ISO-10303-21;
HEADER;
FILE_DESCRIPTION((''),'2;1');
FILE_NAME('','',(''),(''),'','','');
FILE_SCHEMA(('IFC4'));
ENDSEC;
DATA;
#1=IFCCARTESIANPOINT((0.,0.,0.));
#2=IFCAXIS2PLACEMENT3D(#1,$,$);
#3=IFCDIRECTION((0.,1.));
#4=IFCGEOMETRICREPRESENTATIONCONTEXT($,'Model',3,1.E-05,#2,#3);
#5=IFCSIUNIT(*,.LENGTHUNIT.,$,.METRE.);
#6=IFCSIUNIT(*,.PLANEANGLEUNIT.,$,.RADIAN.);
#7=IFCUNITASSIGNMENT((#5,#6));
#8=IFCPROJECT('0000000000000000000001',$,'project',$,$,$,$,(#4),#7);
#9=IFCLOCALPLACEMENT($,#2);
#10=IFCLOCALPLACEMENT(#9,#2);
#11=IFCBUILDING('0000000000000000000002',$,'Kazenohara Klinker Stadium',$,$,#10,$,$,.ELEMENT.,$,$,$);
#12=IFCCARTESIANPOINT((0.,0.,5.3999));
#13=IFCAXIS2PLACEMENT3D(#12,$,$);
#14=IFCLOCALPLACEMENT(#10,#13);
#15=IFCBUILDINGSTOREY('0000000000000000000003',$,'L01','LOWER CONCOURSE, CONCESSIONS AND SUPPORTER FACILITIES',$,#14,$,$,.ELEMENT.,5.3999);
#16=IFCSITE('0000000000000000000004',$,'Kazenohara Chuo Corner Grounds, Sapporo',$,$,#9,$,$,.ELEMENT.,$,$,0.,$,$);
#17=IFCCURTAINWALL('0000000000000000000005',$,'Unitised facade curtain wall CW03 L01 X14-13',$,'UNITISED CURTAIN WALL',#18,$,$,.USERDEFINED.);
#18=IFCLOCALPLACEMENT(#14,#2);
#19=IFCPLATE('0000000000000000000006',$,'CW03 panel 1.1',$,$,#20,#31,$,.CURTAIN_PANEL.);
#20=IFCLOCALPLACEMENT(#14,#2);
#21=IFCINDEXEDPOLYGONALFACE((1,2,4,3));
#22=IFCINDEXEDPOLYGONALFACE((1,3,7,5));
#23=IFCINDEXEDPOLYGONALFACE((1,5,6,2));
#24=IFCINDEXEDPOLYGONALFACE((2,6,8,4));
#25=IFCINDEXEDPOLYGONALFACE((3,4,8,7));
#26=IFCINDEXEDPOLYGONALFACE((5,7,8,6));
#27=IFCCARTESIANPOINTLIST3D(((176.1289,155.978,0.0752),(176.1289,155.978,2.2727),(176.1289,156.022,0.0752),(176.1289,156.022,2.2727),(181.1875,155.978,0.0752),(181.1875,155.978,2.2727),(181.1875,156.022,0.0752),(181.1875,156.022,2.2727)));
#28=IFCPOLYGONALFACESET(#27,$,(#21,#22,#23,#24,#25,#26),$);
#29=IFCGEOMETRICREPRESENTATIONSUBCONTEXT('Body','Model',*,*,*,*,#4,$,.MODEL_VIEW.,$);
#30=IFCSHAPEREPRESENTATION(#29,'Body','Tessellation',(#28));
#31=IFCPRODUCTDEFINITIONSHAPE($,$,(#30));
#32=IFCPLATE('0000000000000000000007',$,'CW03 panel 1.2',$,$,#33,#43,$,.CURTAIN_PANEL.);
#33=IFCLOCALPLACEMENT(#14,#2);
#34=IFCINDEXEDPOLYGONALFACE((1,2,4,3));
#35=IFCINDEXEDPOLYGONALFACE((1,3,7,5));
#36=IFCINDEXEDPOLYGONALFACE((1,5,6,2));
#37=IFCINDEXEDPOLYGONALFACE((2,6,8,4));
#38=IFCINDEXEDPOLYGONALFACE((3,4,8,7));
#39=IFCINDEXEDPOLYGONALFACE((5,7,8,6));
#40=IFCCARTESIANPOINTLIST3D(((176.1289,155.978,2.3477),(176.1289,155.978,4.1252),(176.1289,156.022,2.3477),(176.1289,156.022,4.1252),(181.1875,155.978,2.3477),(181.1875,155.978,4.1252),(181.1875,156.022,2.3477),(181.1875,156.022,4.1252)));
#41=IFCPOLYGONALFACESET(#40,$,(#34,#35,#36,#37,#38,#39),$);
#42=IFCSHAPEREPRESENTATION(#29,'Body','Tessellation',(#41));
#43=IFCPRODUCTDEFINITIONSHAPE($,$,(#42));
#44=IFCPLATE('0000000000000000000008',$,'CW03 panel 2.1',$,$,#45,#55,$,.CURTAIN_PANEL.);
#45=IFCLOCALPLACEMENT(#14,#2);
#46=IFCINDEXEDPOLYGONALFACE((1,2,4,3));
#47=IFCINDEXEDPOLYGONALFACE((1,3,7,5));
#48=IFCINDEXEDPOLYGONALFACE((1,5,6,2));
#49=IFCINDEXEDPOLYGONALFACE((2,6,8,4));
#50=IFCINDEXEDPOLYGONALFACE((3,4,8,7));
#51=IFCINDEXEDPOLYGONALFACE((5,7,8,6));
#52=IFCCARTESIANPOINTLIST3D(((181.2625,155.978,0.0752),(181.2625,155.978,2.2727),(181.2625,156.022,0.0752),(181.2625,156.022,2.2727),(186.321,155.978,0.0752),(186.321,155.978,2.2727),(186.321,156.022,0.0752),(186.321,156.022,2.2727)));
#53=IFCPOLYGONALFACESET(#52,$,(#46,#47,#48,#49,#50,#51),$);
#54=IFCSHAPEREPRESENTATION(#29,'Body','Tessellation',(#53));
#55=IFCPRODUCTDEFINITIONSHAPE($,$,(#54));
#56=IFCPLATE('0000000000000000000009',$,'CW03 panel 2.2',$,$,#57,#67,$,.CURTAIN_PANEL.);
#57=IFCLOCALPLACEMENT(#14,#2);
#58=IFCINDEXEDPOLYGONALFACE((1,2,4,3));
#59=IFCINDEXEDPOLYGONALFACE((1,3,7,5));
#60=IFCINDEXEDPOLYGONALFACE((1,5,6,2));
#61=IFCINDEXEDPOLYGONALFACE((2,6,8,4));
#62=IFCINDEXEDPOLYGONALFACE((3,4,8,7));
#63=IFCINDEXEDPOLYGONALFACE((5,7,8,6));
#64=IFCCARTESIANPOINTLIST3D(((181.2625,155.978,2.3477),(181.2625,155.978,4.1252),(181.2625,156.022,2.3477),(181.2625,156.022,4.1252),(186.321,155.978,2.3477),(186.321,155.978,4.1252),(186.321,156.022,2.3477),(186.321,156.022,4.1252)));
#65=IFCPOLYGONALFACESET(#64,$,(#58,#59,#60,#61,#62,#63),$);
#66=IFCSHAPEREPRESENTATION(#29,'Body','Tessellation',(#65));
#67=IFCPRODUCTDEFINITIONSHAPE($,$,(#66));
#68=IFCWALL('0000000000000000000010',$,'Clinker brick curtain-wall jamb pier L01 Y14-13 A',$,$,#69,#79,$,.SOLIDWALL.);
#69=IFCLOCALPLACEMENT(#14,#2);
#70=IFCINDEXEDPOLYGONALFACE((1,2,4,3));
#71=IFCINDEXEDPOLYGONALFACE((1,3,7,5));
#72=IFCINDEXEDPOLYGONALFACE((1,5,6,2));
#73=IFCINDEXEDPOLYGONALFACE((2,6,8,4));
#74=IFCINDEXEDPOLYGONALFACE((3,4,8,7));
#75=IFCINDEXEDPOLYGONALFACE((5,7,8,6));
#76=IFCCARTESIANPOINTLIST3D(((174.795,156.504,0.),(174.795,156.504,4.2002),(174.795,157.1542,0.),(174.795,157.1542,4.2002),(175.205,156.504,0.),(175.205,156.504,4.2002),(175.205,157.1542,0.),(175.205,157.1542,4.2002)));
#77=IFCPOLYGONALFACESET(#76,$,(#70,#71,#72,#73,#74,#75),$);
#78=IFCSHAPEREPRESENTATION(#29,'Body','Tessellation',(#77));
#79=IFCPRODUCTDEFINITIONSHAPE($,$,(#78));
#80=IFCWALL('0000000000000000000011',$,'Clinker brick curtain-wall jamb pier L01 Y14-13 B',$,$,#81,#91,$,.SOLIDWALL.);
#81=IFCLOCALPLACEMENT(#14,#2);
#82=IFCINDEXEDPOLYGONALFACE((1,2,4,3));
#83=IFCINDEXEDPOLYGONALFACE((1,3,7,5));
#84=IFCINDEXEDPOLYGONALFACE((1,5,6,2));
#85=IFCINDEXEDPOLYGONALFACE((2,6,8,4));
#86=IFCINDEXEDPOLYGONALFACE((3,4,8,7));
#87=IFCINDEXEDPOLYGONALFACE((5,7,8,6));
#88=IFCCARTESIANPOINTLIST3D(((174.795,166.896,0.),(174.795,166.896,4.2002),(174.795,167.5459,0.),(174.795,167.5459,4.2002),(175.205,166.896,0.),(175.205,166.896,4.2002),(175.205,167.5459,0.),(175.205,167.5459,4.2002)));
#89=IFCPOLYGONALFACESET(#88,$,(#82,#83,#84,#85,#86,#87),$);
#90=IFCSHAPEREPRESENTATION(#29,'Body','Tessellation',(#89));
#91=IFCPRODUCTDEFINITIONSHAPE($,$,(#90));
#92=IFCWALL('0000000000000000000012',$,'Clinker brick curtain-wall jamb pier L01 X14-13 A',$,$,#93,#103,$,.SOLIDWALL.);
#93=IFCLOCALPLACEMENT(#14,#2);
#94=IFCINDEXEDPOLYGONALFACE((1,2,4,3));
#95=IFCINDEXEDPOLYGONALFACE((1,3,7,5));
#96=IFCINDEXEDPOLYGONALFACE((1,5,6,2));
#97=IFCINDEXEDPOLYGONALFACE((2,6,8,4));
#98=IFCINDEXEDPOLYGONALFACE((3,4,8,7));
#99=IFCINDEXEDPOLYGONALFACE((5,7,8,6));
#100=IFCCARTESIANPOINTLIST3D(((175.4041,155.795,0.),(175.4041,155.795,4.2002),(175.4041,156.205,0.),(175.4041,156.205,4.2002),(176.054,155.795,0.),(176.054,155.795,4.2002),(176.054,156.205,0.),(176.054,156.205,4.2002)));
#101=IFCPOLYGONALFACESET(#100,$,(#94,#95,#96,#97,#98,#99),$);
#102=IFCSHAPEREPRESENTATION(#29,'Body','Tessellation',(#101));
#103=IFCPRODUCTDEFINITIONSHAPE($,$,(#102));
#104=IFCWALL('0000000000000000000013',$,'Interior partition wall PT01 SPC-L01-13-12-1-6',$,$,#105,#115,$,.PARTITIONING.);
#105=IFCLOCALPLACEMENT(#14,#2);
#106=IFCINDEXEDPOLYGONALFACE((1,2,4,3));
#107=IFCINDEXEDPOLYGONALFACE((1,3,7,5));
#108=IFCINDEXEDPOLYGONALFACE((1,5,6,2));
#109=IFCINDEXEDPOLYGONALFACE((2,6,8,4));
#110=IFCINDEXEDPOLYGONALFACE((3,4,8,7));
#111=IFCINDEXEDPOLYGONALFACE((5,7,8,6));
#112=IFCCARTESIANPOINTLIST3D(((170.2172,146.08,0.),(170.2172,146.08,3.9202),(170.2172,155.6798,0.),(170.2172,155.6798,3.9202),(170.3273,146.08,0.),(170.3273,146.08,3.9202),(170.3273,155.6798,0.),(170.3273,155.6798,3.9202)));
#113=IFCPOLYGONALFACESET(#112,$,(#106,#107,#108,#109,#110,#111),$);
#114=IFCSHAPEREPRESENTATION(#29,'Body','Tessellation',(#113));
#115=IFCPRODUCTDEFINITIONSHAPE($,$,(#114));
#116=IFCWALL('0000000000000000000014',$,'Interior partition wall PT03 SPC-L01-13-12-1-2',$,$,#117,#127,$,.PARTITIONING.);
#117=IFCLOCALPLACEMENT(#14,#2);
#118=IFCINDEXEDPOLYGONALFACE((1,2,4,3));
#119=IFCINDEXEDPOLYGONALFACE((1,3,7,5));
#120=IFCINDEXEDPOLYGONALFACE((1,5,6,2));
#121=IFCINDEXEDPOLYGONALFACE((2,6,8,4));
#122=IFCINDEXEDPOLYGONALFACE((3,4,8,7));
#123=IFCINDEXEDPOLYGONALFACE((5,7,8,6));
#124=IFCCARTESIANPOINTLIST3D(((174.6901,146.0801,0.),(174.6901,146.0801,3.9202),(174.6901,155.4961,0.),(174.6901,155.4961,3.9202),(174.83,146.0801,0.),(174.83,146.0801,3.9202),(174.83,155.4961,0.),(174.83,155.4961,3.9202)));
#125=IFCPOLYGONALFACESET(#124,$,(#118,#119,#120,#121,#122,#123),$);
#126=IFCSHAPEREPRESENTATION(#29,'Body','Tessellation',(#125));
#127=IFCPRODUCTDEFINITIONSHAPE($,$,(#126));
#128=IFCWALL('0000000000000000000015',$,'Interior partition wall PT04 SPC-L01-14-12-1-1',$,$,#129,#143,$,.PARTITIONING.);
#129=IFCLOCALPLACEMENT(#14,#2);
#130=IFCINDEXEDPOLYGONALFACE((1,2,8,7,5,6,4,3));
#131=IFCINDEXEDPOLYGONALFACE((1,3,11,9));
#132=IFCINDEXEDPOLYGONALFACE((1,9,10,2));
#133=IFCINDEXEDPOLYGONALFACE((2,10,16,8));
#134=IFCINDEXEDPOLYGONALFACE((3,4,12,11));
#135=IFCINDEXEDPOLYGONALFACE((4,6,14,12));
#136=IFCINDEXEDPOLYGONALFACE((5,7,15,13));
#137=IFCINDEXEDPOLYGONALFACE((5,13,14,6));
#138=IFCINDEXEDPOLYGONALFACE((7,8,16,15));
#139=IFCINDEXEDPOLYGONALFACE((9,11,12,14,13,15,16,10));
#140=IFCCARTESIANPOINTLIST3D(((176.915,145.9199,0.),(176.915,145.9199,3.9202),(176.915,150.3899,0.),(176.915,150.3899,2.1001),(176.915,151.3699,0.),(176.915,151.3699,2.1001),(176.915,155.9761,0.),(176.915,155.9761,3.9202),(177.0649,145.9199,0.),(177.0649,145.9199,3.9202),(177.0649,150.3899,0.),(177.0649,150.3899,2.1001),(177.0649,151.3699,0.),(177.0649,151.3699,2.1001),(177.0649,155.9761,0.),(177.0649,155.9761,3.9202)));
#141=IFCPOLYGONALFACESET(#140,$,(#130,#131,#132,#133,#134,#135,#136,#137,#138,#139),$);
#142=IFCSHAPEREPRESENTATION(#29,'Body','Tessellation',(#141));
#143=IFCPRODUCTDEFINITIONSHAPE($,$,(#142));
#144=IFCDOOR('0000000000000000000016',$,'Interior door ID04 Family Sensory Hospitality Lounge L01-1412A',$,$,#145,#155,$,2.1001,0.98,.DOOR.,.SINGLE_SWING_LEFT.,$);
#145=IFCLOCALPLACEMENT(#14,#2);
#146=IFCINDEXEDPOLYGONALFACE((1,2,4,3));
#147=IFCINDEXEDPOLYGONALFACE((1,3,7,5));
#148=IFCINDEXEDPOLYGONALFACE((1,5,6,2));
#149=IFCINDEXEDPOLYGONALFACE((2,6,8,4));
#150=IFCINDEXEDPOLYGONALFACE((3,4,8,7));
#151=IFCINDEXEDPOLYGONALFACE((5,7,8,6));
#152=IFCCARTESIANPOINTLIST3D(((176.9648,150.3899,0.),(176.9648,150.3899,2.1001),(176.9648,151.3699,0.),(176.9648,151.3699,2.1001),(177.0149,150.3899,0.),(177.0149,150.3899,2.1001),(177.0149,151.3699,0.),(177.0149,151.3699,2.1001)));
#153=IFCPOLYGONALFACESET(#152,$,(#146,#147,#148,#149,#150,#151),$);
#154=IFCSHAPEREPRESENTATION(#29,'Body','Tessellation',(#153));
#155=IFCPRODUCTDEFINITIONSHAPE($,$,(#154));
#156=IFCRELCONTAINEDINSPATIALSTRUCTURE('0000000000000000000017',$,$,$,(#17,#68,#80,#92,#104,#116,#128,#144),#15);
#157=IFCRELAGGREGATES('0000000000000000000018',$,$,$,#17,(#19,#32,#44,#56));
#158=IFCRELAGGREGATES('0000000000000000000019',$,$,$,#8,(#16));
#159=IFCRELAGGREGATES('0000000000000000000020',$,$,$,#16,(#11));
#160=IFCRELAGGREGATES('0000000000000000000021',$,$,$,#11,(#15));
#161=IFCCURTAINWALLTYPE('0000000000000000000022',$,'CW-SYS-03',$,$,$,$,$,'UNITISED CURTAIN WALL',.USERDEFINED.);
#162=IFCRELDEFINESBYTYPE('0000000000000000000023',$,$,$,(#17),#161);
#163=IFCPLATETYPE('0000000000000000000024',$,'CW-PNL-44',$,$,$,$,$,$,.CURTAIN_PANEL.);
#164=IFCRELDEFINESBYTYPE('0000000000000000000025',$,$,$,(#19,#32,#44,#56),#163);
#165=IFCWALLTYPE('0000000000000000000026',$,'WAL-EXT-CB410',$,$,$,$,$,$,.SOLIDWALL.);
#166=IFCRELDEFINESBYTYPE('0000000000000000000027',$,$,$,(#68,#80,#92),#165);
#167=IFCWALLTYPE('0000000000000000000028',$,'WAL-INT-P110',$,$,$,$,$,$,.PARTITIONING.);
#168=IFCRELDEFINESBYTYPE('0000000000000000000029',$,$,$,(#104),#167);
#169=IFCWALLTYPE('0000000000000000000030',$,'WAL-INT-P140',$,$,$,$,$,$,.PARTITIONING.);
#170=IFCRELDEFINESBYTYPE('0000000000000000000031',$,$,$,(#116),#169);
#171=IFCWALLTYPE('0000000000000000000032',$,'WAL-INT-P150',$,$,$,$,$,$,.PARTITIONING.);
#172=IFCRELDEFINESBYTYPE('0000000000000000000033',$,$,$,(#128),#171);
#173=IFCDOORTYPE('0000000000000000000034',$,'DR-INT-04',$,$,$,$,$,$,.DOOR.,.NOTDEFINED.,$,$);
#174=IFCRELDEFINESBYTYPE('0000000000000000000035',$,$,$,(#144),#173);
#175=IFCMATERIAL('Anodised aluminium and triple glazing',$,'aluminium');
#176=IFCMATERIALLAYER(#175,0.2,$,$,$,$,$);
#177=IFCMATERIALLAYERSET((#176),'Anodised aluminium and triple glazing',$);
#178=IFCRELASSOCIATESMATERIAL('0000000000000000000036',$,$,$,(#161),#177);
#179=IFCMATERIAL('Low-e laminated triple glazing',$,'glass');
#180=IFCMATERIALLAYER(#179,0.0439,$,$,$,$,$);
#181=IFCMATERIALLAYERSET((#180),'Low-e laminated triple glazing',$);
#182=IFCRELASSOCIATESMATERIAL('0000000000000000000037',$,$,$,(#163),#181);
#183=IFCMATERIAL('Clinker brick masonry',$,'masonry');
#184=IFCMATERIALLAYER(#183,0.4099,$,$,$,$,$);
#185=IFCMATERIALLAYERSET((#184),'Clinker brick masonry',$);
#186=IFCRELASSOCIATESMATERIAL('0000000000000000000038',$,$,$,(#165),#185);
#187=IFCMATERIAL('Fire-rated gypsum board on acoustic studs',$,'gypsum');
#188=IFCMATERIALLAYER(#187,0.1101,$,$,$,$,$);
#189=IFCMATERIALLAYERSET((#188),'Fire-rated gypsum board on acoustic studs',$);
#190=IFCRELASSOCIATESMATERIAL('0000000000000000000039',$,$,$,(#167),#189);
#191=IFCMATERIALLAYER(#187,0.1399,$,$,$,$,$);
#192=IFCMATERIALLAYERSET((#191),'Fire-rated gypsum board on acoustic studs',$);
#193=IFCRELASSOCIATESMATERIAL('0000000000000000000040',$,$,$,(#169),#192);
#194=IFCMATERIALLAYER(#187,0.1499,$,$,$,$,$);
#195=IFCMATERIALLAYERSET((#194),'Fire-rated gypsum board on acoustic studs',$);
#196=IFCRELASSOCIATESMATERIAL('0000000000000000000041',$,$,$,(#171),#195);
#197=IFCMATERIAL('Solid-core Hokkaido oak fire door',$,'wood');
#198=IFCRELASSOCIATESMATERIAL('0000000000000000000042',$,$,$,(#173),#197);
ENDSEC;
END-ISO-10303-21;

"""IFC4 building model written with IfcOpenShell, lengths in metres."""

from ifc_helpers import new_model, si_unit, direction, frame, frame_2d, origin, origin_2d, place, context, subcontext, project, spatial, rectangle, extrude, material, layer, layer_set, type_object, element, fill, aggregate, save


model = new_model("IFC4")

# Units and contexts
model_context = context("Model", 3, precision=1e-05, world=origin(), true_north=direction((0.0, 1.0)))
body_context = subcontext(model_context, "Body", "Model", "MODEL_VIEW")
ifc_project = project(units=[si_unit("LENGTHUNIT", "METRE"), si_unit("PLANEANGLEUNIT", "RADIAN")], contexts=[model_context])

# Site, building, storey
site_placement = place(None, origin())
site = spatial("IfcSite", under=ifc_project, at=site_placement, Name="Kazenohara Chuo Corner Grounds, Sapporo", CompositionType="ELEMENT", RefElevation=0.0)
building_placement = place(site_placement, origin())
building = spatial("IfcBuilding", under=site, at=building_placement, Name="Kazenohara Klinker Stadium", CompositionType="ELEMENT")
storey_placement = place(building_placement, frame((0.0, 0.0, 5.3999)))
storey = spatial("IfcBuildingStorey", under=building, at=storey_placement, Name="L01", Description="LOWER CONCOURSE, CONCESSIONS AND SUPPORTER FACILITIES", CompositionType="ELEMENT", Elevation=5.3999)

# Curtain wall
ifc_material_1 = material(Name="Anodised aluminium and triple glazing", Category="aluminium")
ifc_layer_1 = layer(ifc_material_1, 0.2)
ifc_layer_set_1 = layer_set([ifc_layer_1], Name="Anodised aluminium and triple glazing")
curtain_wall_type = type_object("IfcCurtainWallType", Name="CW-SYS-03", ElementType="UNITISED CURTAIN WALL", PredefinedType="USERDEFINED", material=ifc_layer_set_1)
curtain_wall_1_placement = place(storey_placement, origin())
curtain_wall_1 = element("IfcCurtainWall", 1, at=curtain_wall_1_placement, inside=storey, type_object=curtain_wall_type, Name="Unitised facade curtain wall CW03 L01 X14-13", ObjectType="UNITISED CURTAIN WALL", PredefinedType="USERDEFINED")

# Plates
ifc_material_2 = material(Name="Low-e laminated triple glazing", Category="glass")
ifc_layer_2 = layer(ifc_material_2, 0.0439)
ifc_layer_set_2 = layer_set([ifc_layer_2], Name="Low-e laminated triple glazing")
plate_type_1 = type_object("IfcPlateType", Name="CW-PNL-44", PredefinedType="CURTAIN_PANEL", material=ifc_layer_set_2)
plate_1_placement = place(storey_placement, frame((178.6582, 156.0, 0.0752), z_axis=(0.0, 0.0, 1.0), x_axis=(1.0, 0.0, 0.0)))
plate_1 = element("IfcPlate", 2, at=plate_1_placement, type_object=plate_type_1, Name="CW03 panel 1.1", PredefinedType="CURTAIN_PANEL", context=body_context, shape_type="SweptSolid", body=[
    extrude(rectangle(XDim=5.0586, YDim=0.0439, at=origin_2d()), origin(), (0.0, 0.0, 1.0), 2.1975),
])
plate_2_placement = place(storey_placement, frame((178.6582, 156.0, 2.3477), z_axis=(0.0, 0.0, 1.0), x_axis=(1.0, 0.0, 0.0)))
plate_2 = element("IfcPlate", 3, at=plate_2_placement, type_object=plate_type_1, Name="CW03 panel 1.2", PredefinedType="CURTAIN_PANEL", context=body_context, shape_type="SweptSolid", body=[
    extrude(rectangle(XDim=5.0586, YDim=0.0439, at=origin_2d()), origin(), (0.0, 0.0, 1.0), 1.7776),
])
plate_3_placement = place(storey_placement, frame((183.7917, 156.0, 0.0752), z_axis=(0.0, 0.0, 1.0), x_axis=(1.0, 0.0, 0.0)))
plate_3 = element("IfcPlate", 4, at=plate_3_placement, type_object=plate_type_1, Name="CW03 panel 2.1", PredefinedType="CURTAIN_PANEL", context=body_context, shape_type="SweptSolid", body=[
    extrude(rectangle(XDim=5.0586, YDim=0.0439, at=origin_2d()), origin(), (0.0, 0.0, 1.0), 2.1975),
])
plate_4_placement = place(storey_placement, frame((183.7917, 156.0, 2.3477), z_axis=(0.0, 0.0, 1.0), x_axis=(1.0, 0.0, 0.0)))
plate_4 = element("IfcPlate", 5, at=plate_4_placement, type_object=plate_type_1, Name="CW03 panel 2.2", PredefinedType="CURTAIN_PANEL", context=body_context, shape_type="SweptSolid", body=[
    extrude(rectangle(XDim=5.0586, YDim=0.0439, at=origin_2d()), origin(), (0.0, 0.0, 1.0), 1.7776),
])
aggregate(curtain_wall_1, [plate_1, plate_2, plate_3, plate_4])

# Walls
ifc_material_3 = material(Name="Clinker brick masonry", Category="masonry")
ifc_layer_3 = layer(ifc_material_3, 0.4099)
ifc_layer_set_3 = layer_set([ifc_layer_3], Name="Clinker brick masonry")
wall_type_1 = type_object("IfcWallType", Name="WAL-EXT-CB410", PredefinedType="SOLIDWALL", material=ifc_layer_set_3)
wall_1_placement = place(storey_placement, frame((175.0, 156.5039, 0.0), z_axis=(0.0, 0.0, 1.0), x_axis=(0.0, 1.0, 0.0)))
element("IfcWall", 6, at=wall_1_placement, inside=storey, type_object=wall_type_1, Name="Clinker brick curtain-wall jamb pier L01 Y14-13 A", PredefinedType="SOLIDWALL", context=body_context, shape_type="SweptSolid", body=[
    extrude(rectangle(XDim=0.6501, YDim=0.4099, at=frame_2d((0.3252, 0.0))), origin(), (0.0, 0.0, 1.0), 4.2002),
])
for number, where, z_axis, x_axis, name in (
    (7, (175.0, 166.896, 0.0), (0.0, 0.0, 1.0), (0.0, 1.0, 0.0), "Clinker brick curtain-wall jamb pier L01 Y14-13 B"),
    (8, (175.4041, 156.0, 0.0), (0.0, 0.0, 1.0), (1.0, 0.0, 0.0), "Clinker brick curtain-wall jamb pier L01 X14-13 A"),
):
    element("IfcWall", number, at=place(storey_placement, frame(where, z_axis=z_axis, x_axis=x_axis)), inside=storey, type_object=wall_type_1, Name=name, PredefinedType="SOLIDWALL", context=body_context, shape_type="SweptSolid", body=[
        extrude(rectangle(XDim=0.6499, YDim=0.4099, at=frame_2d((0.325, 0.0))), origin(), (0.0, 0.0, 1.0), 4.2002),
    ])
ifc_material_4 = material(Name="Fire-rated gypsum board on acoustic studs", Category="gypsum")
ifc_layer_4 = layer(ifc_material_4, 0.1101)
ifc_layer_set_4 = layer_set([ifc_layer_4], Name="Fire-rated gypsum board on acoustic studs")
wall_type_2 = type_object("IfcWallType", Name="WAL-INT-P110", PredefinedType="PARTITIONING", material=ifc_layer_set_4)
wall_2_placement = place(storey_placement, frame((170.2722, 146.0801, 0.0), z_axis=(0.0, 0.0, 1.0), x_axis=(0.0, 1.0, 0.0)))
element("IfcWall", 9, at=wall_2_placement, inside=storey, type_object=wall_type_2, Name="Interior partition wall PT01 SPC-L01-13-12-1-6", PredefinedType="PARTITIONING", context=body_context, shape_type="SweptSolid", body=[
    extrude(rectangle(XDim=9.5999, YDim=0.1101, at=frame_2d((4.7998, 0.0))), origin(), (0.0, 0.0, 1.0), 3.9202),
])
ifc_layer_5 = layer(ifc_material_4, 0.1399)
ifc_layer_set_5 = layer_set([ifc_layer_5], Name="Fire-rated gypsum board on acoustic studs")
wall_type_3 = type_object("IfcWallType", Name="WAL-INT-P140", PredefinedType="PARTITIONING", material=ifc_layer_set_5)
wall_3_placement = place(storey_placement, frame((174.76, 146.0801, 0.0), z_axis=(0.0, 0.0, 1.0), x_axis=(0.0, 1.0, 0.0)))
element("IfcWall", 10, at=wall_3_placement, inside=storey, type_object=wall_type_3, Name="Interior partition wall PT03 SPC-L01-13-12-1-2", PredefinedType="PARTITIONING", context=body_context, shape_type="SweptSolid", body=[
    extrude(rectangle(XDim=9.416, YDim=0.1399, at=frame_2d((4.708, 0.0))), origin(), (0.0, 0.0, 1.0), 3.9202),
])

# Wall, opening, door
ifc_layer_6 = layer(ifc_material_4, 0.1499)
ifc_layer_set_6 = layer_set([ifc_layer_6], Name="Fire-rated gypsum board on acoustic studs")
wall_type_4 = type_object("IfcWallType", Name="WAL-INT-P150", PredefinedType="PARTITIONING", material=ifc_layer_set_6)
wall_4_placement = place(storey_placement, frame((176.99, 145.9199, 0.0), z_axis=(0.0, 0.0, 1.0), x_axis=(0.0, 1.0, 0.0)))
wall_4 = element("IfcWall", 11, at=wall_4_placement, inside=storey, type_object=wall_type_4, Name="Interior partition wall PT04 SPC-L01-14-12-1-1", PredefinedType="PARTITIONING", context=body_context, shape_type="SweptSolid", body=[
    extrude(rectangle(XDim=10.0562, YDim=0.1499, at=frame_2d((5.0281, 0.0))), origin(), (0.0, 0.0, 1.0), 3.9202),
])
opening_placement = place(wall_4_placement, frame((5.45, 0.0, 0.0), z_axis=(0.0, 0.0, 1.0), x_axis=(-1.0, 0.0, 0.0)))
opening = element("IfcOpeningElement", 12, at=opening_placement, cuts=wall_4, PredefinedType="OPENING", context=body_context, shape_type="SweptSolid", body=[
    extrude(rectangle(XDim=0.98, YDim=2.1001, at=frame_2d((0.49, 1.05))), frame((0.0, 0.085, 0.0), z_axis=(0.0, -1.0, 0.0), x_axis=(1.0, 0.0, 0.0)), (0.0, 0.0, 1.0), 0.1699),
])
ifc_material_5 = material(Name="Solid-core Hokkaido oak fire door", Category="wood")
door_type = type_object("IfcDoorType", Name="DR-INT-04", OperationType="NOTDEFINED", PredefinedType="DOOR", material=ifc_material_5)
door_placement = place(opening_placement, origin())
door = element("IfcDoor", 13, at=door_placement, inside=storey, type_object=door_type, Name="Interior door ID04 Family Sensory Hospitality Lounge L01-1412A", OperationType="SINGLE_SWING_LEFT", OverallHeight=2.1001, OverallWidth=0.98, PredefinedType="DOOR", context=body_context, shape_type="SweptSolid", body=[
    extrude(rectangle(XDim=0.98, YDim=2.1001, at=frame_2d((0.49, 1.05))), frame((0.0, 0.0249, 0.0), z_axis=(0.0, -1.0, 0.0), x_axis=(1.0, 0.0, 0.0)), (0.0, 0.0, 1.0), 0.05),
])
fill(opening, door)

save(model, "model.ifc")
